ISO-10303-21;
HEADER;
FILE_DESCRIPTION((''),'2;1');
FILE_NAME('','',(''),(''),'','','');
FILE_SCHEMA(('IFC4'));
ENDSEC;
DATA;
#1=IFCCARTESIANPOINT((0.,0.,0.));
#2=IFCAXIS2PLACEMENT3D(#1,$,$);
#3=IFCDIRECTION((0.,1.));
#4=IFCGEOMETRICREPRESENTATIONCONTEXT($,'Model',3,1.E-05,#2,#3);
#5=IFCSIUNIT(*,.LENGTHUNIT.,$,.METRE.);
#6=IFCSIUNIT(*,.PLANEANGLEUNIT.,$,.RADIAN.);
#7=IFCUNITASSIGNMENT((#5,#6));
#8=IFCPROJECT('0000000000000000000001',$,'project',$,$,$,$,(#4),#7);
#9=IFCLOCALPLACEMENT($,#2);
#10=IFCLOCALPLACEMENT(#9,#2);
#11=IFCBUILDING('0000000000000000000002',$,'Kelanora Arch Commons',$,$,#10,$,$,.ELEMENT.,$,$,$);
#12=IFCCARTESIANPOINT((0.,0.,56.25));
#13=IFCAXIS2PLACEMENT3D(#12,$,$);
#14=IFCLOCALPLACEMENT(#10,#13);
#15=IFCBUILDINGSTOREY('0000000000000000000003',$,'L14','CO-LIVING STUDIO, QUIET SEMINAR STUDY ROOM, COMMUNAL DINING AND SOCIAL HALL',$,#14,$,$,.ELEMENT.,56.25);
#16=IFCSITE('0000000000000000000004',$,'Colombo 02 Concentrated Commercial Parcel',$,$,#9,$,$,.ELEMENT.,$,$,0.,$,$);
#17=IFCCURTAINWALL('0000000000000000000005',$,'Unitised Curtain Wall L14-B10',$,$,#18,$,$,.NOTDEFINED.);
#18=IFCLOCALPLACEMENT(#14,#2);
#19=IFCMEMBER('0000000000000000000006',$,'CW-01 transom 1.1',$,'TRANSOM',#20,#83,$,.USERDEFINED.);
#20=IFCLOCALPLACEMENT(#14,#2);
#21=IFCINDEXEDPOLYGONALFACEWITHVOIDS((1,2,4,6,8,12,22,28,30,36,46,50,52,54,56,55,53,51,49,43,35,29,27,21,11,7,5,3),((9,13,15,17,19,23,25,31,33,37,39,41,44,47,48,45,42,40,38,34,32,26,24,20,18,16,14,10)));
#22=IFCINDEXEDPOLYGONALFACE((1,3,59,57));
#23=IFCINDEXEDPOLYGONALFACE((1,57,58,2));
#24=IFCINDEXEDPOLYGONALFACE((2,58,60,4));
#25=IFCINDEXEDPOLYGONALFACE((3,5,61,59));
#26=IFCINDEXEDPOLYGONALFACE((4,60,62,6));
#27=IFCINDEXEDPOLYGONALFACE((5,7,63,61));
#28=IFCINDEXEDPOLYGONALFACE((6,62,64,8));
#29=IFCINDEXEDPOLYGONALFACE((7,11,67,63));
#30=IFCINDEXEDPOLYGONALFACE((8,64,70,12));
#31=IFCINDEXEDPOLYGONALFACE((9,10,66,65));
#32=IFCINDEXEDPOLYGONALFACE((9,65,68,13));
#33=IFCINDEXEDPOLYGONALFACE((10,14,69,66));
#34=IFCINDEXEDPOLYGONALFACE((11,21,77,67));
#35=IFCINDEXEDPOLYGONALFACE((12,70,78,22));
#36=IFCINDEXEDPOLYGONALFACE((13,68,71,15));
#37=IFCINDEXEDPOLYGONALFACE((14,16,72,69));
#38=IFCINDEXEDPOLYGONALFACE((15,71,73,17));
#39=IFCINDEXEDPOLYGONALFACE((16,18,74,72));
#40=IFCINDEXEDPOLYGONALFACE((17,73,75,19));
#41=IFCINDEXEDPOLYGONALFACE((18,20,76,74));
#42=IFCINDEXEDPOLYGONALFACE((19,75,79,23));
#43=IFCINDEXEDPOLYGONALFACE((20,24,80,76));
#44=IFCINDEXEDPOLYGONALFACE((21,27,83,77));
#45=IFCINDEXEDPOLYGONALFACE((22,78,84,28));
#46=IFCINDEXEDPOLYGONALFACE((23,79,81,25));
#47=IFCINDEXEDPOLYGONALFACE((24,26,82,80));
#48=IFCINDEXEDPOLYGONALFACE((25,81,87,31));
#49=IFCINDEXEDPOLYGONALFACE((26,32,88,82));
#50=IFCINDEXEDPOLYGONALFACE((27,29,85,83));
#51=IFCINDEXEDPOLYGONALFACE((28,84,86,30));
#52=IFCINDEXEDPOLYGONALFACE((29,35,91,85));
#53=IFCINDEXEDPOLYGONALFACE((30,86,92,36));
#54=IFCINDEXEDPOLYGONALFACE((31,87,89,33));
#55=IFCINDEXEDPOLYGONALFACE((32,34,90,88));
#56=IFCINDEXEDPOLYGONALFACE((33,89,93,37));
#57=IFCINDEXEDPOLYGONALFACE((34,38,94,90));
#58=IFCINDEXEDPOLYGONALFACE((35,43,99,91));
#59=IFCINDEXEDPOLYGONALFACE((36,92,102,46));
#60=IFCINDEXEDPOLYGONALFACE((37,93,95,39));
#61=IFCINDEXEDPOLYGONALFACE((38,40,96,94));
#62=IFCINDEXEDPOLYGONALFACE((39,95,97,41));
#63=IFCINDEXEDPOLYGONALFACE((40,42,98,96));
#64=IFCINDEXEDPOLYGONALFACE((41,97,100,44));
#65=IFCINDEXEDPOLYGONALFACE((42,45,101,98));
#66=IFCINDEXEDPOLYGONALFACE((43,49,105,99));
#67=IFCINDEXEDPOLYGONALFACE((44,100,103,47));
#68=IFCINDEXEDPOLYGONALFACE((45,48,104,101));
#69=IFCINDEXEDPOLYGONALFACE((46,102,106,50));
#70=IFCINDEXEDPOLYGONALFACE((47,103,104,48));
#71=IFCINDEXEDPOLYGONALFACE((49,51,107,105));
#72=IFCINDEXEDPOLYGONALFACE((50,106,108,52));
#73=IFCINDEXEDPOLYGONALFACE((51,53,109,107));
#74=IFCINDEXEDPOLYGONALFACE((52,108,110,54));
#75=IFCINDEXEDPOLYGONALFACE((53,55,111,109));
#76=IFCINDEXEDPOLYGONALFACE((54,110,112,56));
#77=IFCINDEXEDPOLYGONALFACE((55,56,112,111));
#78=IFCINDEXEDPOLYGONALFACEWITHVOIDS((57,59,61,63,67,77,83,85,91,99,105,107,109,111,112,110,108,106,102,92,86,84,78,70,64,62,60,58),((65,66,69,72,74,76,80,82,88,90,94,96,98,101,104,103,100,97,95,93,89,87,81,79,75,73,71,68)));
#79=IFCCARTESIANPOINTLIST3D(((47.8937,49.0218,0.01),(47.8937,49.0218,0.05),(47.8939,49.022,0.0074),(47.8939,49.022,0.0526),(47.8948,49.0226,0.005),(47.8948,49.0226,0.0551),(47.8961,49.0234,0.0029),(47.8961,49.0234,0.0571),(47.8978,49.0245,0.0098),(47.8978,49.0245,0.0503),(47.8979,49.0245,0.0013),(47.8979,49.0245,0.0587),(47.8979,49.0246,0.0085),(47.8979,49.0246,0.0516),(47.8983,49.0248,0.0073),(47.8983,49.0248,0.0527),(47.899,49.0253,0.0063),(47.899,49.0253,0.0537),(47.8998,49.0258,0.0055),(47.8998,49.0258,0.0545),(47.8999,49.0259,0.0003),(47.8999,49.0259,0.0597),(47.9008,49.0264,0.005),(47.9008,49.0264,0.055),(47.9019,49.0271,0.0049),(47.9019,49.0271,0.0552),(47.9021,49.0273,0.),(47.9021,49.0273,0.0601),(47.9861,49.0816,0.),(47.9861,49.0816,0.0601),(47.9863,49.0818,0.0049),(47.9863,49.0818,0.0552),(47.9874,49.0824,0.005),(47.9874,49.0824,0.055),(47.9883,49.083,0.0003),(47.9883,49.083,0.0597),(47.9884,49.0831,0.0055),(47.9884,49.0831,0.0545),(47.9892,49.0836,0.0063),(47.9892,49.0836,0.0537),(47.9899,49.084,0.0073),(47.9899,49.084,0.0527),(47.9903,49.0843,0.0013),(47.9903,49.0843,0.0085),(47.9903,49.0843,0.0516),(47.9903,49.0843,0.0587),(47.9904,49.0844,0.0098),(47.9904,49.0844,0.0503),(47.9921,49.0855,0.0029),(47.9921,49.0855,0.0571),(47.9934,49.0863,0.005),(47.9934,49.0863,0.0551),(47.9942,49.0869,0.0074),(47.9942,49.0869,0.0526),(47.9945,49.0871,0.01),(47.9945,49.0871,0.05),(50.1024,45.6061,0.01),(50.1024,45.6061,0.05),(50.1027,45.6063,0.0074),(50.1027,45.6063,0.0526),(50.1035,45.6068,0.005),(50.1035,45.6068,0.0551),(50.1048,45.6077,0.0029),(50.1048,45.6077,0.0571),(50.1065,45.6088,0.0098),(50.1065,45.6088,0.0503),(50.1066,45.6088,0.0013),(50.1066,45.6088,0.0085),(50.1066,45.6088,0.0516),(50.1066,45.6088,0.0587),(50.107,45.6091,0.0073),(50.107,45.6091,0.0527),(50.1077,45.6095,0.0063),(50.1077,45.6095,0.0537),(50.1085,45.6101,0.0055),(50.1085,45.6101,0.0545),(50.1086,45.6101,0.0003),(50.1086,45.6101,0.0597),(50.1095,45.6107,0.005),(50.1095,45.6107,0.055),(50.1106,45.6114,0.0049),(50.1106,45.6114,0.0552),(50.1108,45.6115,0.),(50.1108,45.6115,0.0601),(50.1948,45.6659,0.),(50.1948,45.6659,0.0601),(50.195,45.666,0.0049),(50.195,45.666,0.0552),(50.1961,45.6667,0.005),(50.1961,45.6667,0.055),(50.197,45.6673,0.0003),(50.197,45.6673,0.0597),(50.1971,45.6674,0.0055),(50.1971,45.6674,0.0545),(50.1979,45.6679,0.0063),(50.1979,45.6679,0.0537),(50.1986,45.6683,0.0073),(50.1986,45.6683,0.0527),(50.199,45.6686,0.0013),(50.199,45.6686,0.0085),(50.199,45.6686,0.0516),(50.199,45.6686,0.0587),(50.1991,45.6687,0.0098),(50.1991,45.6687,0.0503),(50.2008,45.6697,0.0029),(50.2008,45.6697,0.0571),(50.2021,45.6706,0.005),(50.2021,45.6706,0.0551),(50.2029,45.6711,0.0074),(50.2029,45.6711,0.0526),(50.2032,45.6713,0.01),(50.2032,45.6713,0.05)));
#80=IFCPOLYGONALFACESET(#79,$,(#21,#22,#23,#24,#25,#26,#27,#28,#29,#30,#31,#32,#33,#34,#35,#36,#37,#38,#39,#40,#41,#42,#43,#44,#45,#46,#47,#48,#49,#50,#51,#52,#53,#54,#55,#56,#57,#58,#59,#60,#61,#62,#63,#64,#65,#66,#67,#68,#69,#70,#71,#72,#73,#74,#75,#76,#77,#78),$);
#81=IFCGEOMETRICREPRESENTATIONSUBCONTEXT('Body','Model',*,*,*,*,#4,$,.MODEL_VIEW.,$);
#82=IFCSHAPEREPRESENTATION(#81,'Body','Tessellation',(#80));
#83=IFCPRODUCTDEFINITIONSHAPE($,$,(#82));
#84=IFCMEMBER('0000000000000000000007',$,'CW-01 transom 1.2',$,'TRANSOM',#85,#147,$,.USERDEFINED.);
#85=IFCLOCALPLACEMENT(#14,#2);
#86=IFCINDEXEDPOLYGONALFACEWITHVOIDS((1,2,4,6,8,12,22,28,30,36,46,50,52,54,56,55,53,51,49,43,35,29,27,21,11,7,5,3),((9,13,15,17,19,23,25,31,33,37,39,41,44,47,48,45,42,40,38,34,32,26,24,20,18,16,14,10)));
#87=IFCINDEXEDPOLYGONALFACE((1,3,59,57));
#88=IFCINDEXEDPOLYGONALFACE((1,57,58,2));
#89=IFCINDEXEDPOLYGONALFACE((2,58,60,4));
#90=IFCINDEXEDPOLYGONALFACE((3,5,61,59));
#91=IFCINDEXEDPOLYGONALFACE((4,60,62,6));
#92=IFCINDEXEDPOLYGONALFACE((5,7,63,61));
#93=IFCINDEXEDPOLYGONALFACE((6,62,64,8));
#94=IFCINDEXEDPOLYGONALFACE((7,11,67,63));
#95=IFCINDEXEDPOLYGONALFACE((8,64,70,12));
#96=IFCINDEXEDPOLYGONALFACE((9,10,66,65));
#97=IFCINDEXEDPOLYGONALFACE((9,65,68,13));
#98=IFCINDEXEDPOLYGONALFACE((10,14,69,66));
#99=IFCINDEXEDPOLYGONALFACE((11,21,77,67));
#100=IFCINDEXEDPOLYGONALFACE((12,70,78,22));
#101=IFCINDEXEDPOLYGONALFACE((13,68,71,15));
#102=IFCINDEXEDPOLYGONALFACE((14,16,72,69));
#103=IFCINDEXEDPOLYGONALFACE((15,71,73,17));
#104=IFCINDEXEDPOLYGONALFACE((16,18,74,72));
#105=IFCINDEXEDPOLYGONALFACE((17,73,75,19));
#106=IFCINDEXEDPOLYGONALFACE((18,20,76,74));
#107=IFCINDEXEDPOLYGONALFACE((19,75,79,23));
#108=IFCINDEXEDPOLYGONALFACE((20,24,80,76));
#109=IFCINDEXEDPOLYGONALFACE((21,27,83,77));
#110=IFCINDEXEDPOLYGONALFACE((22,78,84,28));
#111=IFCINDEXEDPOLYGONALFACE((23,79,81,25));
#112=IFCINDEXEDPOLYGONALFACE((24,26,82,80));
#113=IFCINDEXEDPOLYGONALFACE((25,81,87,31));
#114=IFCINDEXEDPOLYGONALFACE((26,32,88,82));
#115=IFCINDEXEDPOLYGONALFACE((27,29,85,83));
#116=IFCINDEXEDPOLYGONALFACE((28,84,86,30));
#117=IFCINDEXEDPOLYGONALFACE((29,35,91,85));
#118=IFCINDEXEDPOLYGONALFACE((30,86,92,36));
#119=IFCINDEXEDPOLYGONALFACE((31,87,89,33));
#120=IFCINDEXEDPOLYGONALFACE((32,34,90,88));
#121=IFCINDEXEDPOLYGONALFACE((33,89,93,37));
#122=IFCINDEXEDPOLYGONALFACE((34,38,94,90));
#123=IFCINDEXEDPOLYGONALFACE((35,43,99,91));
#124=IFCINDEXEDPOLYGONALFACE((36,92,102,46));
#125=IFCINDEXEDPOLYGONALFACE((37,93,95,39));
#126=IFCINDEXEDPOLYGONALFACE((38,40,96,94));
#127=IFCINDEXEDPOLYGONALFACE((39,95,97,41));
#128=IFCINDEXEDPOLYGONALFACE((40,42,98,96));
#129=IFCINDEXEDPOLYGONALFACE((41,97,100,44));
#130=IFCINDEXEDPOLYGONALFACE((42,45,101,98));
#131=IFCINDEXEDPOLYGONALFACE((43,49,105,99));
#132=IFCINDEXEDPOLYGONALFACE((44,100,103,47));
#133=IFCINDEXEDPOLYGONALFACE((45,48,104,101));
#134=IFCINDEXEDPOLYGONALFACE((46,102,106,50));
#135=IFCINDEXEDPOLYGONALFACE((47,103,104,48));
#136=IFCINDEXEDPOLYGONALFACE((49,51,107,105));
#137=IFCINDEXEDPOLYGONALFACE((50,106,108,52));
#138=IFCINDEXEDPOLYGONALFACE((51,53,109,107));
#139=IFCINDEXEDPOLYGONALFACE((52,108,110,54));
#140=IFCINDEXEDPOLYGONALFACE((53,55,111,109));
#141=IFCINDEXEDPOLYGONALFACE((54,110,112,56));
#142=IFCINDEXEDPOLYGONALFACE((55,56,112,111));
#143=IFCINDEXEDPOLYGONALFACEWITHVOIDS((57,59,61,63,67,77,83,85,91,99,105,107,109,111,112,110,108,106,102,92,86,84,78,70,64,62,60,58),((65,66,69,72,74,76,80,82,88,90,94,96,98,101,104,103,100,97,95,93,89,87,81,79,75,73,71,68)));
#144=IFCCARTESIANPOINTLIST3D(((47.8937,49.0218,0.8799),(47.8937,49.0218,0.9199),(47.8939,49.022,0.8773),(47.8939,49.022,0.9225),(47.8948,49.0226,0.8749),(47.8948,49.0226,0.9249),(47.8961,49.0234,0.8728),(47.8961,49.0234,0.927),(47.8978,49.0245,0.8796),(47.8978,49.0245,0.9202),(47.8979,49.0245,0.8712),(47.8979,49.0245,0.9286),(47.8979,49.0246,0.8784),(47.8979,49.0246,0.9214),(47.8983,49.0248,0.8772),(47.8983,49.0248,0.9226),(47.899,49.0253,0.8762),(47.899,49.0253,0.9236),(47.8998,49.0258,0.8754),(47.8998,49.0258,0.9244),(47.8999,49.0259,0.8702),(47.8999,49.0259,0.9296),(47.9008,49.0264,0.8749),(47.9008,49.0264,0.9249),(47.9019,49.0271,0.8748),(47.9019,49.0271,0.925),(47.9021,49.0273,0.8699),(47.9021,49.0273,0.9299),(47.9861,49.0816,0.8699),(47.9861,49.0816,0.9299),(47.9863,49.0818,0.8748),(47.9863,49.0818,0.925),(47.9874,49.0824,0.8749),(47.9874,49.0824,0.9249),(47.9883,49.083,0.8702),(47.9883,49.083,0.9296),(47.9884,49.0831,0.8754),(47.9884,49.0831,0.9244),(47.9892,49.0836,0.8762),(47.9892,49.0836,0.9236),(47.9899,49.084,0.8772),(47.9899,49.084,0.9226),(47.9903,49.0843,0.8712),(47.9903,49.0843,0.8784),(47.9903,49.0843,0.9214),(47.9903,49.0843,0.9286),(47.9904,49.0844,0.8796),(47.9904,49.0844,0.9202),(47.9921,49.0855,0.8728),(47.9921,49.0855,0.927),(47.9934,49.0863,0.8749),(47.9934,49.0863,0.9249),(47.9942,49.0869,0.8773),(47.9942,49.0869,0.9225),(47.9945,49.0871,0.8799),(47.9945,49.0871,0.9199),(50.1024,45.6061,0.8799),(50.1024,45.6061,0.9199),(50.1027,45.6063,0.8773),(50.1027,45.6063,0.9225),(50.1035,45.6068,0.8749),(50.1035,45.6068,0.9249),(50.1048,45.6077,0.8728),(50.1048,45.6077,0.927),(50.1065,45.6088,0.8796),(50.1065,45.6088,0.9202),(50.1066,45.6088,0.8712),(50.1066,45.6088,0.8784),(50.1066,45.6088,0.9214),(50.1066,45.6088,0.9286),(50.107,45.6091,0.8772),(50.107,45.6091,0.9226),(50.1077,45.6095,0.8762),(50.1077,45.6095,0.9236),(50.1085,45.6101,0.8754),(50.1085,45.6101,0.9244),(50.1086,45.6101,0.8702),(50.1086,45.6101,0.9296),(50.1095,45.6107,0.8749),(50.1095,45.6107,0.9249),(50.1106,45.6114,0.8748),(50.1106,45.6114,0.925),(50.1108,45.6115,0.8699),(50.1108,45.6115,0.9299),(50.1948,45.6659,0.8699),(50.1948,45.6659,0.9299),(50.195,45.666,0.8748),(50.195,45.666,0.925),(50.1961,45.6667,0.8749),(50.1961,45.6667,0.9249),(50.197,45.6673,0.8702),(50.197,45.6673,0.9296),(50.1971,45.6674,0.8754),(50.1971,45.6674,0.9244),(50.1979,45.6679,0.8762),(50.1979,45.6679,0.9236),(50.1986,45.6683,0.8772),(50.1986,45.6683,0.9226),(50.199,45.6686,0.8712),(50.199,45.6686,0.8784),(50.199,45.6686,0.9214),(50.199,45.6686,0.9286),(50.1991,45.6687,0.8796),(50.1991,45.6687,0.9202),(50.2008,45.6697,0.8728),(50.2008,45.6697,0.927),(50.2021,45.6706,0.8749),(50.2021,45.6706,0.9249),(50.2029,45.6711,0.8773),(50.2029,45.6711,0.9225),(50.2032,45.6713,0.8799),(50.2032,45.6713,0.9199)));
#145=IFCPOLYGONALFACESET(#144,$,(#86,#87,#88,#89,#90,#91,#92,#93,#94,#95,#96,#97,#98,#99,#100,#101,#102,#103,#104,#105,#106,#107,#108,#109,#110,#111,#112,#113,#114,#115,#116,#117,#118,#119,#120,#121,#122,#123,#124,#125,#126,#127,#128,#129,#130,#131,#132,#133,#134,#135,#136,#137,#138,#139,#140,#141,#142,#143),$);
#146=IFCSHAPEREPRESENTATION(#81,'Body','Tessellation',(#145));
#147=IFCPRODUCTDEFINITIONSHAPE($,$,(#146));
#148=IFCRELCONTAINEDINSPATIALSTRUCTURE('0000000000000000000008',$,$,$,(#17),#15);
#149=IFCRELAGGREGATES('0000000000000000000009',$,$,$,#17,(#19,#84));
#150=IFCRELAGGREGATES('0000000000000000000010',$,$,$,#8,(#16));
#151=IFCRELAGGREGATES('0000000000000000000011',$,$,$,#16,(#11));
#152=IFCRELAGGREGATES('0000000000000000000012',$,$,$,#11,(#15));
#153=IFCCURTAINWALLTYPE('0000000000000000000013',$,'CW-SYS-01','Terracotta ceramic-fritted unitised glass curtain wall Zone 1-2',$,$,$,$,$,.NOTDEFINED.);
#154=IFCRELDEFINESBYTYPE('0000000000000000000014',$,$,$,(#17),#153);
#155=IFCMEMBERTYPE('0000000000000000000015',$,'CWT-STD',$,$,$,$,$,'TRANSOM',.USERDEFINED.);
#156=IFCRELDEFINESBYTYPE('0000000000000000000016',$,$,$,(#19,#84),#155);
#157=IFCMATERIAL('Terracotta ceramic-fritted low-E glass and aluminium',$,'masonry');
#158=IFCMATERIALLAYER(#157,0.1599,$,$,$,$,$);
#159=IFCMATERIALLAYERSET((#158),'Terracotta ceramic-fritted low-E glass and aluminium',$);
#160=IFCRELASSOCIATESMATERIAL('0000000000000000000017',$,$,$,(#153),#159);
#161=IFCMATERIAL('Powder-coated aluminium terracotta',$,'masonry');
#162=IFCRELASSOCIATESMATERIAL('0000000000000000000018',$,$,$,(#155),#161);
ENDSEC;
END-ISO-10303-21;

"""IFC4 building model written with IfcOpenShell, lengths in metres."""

from ifc_helpers import new_model, si_unit, direction, frame, origin, origin_2d, place, context, subcontext, project, spatial, hollow_rectangle, extrude, material, layer, layer_set, material_profile, profile_set, type_object, element, aggregate, save


model = new_model("IFC4")

# Units and contexts
model_context = context("Model", 3, precision=1e-05, world=origin(), true_north=direction((0.0, 1.0)))
body_context = subcontext(model_context, "Body", "Model", "MODEL_VIEW")
ifc_project = project(units=[si_unit("LENGTHUNIT", "METRE"), si_unit("PLANEANGLEUNIT", "RADIAN")], contexts=[model_context])

# Site, building, storey
site_placement = place(None, origin())
site = spatial("IfcSite", under=ifc_project, at=site_placement, Name="Colombo 02 Concentrated Commercial Parcel", CompositionType="ELEMENT", RefElevation=0.0)
building_placement = place(site_placement, origin())
building = spatial("IfcBuilding", under=site, at=building_placement, Name="Kelanora Arch Commons", CompositionType="ELEMENT")
storey_placement = place(building_placement, frame((0.0, 0.0, 56.25)))
storey = spatial("IfcBuildingStorey", under=building, at=storey_placement, Name="L14", Description="CO-LIVING STUDIO, QUIET SEMINAR STUDY ROOM, COMMUNAL DINING AND SOCIAL HALL", CompositionType="ELEMENT", Elevation=56.25)

# Shared definitions
ifc_material_1 = material(Name="Terracotta ceramic-fritted low-E glass and aluminium", Category="masonry")
ifc_layer_1 = layer(ifc_material_1, 0.1599)
ifc_layer_set_1 = layer_set([ifc_layer_1], Name="Terracotta ceramic-fritted low-E glass and aluminium")
curtain_wall_type = type_object("IfcCurtainWallType", Name="CW-SYS-01", Description="Terracotta ceramic-fritted unitised glass curtain wall Zone 1-2", PredefinedType="NOTDEFINED", material=ifc_layer_set_1)
ifc_material_2 = material(Name="Powder-coated aluminium terracotta", Category="masonry")

# Curtain wall, members
curtain_wall_1_placement = place(storey_placement, origin())
curtain_wall_1 = element("IfcCurtainWall", 1, at=curtain_wall_1_placement, inside=storey, type_object=curtain_wall_type, Name="Unitised Curtain Wall L14-B10", PredefinedType="NOTDEFINED")
ifc_material_profile_1 = material_profile(ifc_material_2, hollow_rectangle(XDim=0.1201, YDim=0.0601, WallThickness=0.0049, InnerFilletRadius=0.0049, OuterFilletRadius=0.01, at=origin_2d()), Name="CWT120x60")
ifc_profile_set_1 = profile_set([ifc_material_profile_1], Name="Powder-coated aluminium terracotta")
member_type_1 = type_object("IfcMemberType", Name="CWT-STD", ElementType="TRANSOM", PredefinedType="USERDEFINED", material=ifc_profile_set_1)
member_1_placement = place(storey_placement, frame((47.9441, 49.0544, 0.03), z_axis=(0.542997, -0.839734, 0.0), x_axis=(0.839734, 0.542997, 0.0)))
member_1 = element("IfcMember", 2, at=member_1_placement, type_object=member_type_1, Name="CW-01 transom 1.1", ObjectType="TRANSOM", PredefinedType="USERDEFINED", context=body_context, shape_type="SweptSolid", body=[
    extrude(hollow_rectangle(XDim=0.1201, YDim=0.0601, WallThickness=0.0049, InnerFilletRadius=0.0049, OuterFilletRadius=0.01, at=origin_2d()), origin(), (0.0, 0.0, 1.0), 4.0676),
])
member_2_placement = place(storey_placement, frame((47.9441, 49.0544, 0.8999), z_axis=(0.542997, -0.839734, 0.0), x_axis=(0.839734, 0.542997, 0.0)))
member_2 = element("IfcMember", 3, at=member_2_placement, type_object=member_type_1, Name="CW-01 transom 1.2", ObjectType="TRANSOM", PredefinedType="USERDEFINED", context=body_context, shape_type="SweptSolid", body=[
    extrude(hollow_rectangle(XDim=0.1201, YDim=0.0601, WallThickness=0.0049, InnerFilletRadius=0.0049, OuterFilletRadius=0.01, at=origin_2d()), origin(), (0.0, 0.0, 1.0), 4.0676),
])

aggregate(curtain_wall_1, [member_1, member_2])

save(model, "model.ifc")
